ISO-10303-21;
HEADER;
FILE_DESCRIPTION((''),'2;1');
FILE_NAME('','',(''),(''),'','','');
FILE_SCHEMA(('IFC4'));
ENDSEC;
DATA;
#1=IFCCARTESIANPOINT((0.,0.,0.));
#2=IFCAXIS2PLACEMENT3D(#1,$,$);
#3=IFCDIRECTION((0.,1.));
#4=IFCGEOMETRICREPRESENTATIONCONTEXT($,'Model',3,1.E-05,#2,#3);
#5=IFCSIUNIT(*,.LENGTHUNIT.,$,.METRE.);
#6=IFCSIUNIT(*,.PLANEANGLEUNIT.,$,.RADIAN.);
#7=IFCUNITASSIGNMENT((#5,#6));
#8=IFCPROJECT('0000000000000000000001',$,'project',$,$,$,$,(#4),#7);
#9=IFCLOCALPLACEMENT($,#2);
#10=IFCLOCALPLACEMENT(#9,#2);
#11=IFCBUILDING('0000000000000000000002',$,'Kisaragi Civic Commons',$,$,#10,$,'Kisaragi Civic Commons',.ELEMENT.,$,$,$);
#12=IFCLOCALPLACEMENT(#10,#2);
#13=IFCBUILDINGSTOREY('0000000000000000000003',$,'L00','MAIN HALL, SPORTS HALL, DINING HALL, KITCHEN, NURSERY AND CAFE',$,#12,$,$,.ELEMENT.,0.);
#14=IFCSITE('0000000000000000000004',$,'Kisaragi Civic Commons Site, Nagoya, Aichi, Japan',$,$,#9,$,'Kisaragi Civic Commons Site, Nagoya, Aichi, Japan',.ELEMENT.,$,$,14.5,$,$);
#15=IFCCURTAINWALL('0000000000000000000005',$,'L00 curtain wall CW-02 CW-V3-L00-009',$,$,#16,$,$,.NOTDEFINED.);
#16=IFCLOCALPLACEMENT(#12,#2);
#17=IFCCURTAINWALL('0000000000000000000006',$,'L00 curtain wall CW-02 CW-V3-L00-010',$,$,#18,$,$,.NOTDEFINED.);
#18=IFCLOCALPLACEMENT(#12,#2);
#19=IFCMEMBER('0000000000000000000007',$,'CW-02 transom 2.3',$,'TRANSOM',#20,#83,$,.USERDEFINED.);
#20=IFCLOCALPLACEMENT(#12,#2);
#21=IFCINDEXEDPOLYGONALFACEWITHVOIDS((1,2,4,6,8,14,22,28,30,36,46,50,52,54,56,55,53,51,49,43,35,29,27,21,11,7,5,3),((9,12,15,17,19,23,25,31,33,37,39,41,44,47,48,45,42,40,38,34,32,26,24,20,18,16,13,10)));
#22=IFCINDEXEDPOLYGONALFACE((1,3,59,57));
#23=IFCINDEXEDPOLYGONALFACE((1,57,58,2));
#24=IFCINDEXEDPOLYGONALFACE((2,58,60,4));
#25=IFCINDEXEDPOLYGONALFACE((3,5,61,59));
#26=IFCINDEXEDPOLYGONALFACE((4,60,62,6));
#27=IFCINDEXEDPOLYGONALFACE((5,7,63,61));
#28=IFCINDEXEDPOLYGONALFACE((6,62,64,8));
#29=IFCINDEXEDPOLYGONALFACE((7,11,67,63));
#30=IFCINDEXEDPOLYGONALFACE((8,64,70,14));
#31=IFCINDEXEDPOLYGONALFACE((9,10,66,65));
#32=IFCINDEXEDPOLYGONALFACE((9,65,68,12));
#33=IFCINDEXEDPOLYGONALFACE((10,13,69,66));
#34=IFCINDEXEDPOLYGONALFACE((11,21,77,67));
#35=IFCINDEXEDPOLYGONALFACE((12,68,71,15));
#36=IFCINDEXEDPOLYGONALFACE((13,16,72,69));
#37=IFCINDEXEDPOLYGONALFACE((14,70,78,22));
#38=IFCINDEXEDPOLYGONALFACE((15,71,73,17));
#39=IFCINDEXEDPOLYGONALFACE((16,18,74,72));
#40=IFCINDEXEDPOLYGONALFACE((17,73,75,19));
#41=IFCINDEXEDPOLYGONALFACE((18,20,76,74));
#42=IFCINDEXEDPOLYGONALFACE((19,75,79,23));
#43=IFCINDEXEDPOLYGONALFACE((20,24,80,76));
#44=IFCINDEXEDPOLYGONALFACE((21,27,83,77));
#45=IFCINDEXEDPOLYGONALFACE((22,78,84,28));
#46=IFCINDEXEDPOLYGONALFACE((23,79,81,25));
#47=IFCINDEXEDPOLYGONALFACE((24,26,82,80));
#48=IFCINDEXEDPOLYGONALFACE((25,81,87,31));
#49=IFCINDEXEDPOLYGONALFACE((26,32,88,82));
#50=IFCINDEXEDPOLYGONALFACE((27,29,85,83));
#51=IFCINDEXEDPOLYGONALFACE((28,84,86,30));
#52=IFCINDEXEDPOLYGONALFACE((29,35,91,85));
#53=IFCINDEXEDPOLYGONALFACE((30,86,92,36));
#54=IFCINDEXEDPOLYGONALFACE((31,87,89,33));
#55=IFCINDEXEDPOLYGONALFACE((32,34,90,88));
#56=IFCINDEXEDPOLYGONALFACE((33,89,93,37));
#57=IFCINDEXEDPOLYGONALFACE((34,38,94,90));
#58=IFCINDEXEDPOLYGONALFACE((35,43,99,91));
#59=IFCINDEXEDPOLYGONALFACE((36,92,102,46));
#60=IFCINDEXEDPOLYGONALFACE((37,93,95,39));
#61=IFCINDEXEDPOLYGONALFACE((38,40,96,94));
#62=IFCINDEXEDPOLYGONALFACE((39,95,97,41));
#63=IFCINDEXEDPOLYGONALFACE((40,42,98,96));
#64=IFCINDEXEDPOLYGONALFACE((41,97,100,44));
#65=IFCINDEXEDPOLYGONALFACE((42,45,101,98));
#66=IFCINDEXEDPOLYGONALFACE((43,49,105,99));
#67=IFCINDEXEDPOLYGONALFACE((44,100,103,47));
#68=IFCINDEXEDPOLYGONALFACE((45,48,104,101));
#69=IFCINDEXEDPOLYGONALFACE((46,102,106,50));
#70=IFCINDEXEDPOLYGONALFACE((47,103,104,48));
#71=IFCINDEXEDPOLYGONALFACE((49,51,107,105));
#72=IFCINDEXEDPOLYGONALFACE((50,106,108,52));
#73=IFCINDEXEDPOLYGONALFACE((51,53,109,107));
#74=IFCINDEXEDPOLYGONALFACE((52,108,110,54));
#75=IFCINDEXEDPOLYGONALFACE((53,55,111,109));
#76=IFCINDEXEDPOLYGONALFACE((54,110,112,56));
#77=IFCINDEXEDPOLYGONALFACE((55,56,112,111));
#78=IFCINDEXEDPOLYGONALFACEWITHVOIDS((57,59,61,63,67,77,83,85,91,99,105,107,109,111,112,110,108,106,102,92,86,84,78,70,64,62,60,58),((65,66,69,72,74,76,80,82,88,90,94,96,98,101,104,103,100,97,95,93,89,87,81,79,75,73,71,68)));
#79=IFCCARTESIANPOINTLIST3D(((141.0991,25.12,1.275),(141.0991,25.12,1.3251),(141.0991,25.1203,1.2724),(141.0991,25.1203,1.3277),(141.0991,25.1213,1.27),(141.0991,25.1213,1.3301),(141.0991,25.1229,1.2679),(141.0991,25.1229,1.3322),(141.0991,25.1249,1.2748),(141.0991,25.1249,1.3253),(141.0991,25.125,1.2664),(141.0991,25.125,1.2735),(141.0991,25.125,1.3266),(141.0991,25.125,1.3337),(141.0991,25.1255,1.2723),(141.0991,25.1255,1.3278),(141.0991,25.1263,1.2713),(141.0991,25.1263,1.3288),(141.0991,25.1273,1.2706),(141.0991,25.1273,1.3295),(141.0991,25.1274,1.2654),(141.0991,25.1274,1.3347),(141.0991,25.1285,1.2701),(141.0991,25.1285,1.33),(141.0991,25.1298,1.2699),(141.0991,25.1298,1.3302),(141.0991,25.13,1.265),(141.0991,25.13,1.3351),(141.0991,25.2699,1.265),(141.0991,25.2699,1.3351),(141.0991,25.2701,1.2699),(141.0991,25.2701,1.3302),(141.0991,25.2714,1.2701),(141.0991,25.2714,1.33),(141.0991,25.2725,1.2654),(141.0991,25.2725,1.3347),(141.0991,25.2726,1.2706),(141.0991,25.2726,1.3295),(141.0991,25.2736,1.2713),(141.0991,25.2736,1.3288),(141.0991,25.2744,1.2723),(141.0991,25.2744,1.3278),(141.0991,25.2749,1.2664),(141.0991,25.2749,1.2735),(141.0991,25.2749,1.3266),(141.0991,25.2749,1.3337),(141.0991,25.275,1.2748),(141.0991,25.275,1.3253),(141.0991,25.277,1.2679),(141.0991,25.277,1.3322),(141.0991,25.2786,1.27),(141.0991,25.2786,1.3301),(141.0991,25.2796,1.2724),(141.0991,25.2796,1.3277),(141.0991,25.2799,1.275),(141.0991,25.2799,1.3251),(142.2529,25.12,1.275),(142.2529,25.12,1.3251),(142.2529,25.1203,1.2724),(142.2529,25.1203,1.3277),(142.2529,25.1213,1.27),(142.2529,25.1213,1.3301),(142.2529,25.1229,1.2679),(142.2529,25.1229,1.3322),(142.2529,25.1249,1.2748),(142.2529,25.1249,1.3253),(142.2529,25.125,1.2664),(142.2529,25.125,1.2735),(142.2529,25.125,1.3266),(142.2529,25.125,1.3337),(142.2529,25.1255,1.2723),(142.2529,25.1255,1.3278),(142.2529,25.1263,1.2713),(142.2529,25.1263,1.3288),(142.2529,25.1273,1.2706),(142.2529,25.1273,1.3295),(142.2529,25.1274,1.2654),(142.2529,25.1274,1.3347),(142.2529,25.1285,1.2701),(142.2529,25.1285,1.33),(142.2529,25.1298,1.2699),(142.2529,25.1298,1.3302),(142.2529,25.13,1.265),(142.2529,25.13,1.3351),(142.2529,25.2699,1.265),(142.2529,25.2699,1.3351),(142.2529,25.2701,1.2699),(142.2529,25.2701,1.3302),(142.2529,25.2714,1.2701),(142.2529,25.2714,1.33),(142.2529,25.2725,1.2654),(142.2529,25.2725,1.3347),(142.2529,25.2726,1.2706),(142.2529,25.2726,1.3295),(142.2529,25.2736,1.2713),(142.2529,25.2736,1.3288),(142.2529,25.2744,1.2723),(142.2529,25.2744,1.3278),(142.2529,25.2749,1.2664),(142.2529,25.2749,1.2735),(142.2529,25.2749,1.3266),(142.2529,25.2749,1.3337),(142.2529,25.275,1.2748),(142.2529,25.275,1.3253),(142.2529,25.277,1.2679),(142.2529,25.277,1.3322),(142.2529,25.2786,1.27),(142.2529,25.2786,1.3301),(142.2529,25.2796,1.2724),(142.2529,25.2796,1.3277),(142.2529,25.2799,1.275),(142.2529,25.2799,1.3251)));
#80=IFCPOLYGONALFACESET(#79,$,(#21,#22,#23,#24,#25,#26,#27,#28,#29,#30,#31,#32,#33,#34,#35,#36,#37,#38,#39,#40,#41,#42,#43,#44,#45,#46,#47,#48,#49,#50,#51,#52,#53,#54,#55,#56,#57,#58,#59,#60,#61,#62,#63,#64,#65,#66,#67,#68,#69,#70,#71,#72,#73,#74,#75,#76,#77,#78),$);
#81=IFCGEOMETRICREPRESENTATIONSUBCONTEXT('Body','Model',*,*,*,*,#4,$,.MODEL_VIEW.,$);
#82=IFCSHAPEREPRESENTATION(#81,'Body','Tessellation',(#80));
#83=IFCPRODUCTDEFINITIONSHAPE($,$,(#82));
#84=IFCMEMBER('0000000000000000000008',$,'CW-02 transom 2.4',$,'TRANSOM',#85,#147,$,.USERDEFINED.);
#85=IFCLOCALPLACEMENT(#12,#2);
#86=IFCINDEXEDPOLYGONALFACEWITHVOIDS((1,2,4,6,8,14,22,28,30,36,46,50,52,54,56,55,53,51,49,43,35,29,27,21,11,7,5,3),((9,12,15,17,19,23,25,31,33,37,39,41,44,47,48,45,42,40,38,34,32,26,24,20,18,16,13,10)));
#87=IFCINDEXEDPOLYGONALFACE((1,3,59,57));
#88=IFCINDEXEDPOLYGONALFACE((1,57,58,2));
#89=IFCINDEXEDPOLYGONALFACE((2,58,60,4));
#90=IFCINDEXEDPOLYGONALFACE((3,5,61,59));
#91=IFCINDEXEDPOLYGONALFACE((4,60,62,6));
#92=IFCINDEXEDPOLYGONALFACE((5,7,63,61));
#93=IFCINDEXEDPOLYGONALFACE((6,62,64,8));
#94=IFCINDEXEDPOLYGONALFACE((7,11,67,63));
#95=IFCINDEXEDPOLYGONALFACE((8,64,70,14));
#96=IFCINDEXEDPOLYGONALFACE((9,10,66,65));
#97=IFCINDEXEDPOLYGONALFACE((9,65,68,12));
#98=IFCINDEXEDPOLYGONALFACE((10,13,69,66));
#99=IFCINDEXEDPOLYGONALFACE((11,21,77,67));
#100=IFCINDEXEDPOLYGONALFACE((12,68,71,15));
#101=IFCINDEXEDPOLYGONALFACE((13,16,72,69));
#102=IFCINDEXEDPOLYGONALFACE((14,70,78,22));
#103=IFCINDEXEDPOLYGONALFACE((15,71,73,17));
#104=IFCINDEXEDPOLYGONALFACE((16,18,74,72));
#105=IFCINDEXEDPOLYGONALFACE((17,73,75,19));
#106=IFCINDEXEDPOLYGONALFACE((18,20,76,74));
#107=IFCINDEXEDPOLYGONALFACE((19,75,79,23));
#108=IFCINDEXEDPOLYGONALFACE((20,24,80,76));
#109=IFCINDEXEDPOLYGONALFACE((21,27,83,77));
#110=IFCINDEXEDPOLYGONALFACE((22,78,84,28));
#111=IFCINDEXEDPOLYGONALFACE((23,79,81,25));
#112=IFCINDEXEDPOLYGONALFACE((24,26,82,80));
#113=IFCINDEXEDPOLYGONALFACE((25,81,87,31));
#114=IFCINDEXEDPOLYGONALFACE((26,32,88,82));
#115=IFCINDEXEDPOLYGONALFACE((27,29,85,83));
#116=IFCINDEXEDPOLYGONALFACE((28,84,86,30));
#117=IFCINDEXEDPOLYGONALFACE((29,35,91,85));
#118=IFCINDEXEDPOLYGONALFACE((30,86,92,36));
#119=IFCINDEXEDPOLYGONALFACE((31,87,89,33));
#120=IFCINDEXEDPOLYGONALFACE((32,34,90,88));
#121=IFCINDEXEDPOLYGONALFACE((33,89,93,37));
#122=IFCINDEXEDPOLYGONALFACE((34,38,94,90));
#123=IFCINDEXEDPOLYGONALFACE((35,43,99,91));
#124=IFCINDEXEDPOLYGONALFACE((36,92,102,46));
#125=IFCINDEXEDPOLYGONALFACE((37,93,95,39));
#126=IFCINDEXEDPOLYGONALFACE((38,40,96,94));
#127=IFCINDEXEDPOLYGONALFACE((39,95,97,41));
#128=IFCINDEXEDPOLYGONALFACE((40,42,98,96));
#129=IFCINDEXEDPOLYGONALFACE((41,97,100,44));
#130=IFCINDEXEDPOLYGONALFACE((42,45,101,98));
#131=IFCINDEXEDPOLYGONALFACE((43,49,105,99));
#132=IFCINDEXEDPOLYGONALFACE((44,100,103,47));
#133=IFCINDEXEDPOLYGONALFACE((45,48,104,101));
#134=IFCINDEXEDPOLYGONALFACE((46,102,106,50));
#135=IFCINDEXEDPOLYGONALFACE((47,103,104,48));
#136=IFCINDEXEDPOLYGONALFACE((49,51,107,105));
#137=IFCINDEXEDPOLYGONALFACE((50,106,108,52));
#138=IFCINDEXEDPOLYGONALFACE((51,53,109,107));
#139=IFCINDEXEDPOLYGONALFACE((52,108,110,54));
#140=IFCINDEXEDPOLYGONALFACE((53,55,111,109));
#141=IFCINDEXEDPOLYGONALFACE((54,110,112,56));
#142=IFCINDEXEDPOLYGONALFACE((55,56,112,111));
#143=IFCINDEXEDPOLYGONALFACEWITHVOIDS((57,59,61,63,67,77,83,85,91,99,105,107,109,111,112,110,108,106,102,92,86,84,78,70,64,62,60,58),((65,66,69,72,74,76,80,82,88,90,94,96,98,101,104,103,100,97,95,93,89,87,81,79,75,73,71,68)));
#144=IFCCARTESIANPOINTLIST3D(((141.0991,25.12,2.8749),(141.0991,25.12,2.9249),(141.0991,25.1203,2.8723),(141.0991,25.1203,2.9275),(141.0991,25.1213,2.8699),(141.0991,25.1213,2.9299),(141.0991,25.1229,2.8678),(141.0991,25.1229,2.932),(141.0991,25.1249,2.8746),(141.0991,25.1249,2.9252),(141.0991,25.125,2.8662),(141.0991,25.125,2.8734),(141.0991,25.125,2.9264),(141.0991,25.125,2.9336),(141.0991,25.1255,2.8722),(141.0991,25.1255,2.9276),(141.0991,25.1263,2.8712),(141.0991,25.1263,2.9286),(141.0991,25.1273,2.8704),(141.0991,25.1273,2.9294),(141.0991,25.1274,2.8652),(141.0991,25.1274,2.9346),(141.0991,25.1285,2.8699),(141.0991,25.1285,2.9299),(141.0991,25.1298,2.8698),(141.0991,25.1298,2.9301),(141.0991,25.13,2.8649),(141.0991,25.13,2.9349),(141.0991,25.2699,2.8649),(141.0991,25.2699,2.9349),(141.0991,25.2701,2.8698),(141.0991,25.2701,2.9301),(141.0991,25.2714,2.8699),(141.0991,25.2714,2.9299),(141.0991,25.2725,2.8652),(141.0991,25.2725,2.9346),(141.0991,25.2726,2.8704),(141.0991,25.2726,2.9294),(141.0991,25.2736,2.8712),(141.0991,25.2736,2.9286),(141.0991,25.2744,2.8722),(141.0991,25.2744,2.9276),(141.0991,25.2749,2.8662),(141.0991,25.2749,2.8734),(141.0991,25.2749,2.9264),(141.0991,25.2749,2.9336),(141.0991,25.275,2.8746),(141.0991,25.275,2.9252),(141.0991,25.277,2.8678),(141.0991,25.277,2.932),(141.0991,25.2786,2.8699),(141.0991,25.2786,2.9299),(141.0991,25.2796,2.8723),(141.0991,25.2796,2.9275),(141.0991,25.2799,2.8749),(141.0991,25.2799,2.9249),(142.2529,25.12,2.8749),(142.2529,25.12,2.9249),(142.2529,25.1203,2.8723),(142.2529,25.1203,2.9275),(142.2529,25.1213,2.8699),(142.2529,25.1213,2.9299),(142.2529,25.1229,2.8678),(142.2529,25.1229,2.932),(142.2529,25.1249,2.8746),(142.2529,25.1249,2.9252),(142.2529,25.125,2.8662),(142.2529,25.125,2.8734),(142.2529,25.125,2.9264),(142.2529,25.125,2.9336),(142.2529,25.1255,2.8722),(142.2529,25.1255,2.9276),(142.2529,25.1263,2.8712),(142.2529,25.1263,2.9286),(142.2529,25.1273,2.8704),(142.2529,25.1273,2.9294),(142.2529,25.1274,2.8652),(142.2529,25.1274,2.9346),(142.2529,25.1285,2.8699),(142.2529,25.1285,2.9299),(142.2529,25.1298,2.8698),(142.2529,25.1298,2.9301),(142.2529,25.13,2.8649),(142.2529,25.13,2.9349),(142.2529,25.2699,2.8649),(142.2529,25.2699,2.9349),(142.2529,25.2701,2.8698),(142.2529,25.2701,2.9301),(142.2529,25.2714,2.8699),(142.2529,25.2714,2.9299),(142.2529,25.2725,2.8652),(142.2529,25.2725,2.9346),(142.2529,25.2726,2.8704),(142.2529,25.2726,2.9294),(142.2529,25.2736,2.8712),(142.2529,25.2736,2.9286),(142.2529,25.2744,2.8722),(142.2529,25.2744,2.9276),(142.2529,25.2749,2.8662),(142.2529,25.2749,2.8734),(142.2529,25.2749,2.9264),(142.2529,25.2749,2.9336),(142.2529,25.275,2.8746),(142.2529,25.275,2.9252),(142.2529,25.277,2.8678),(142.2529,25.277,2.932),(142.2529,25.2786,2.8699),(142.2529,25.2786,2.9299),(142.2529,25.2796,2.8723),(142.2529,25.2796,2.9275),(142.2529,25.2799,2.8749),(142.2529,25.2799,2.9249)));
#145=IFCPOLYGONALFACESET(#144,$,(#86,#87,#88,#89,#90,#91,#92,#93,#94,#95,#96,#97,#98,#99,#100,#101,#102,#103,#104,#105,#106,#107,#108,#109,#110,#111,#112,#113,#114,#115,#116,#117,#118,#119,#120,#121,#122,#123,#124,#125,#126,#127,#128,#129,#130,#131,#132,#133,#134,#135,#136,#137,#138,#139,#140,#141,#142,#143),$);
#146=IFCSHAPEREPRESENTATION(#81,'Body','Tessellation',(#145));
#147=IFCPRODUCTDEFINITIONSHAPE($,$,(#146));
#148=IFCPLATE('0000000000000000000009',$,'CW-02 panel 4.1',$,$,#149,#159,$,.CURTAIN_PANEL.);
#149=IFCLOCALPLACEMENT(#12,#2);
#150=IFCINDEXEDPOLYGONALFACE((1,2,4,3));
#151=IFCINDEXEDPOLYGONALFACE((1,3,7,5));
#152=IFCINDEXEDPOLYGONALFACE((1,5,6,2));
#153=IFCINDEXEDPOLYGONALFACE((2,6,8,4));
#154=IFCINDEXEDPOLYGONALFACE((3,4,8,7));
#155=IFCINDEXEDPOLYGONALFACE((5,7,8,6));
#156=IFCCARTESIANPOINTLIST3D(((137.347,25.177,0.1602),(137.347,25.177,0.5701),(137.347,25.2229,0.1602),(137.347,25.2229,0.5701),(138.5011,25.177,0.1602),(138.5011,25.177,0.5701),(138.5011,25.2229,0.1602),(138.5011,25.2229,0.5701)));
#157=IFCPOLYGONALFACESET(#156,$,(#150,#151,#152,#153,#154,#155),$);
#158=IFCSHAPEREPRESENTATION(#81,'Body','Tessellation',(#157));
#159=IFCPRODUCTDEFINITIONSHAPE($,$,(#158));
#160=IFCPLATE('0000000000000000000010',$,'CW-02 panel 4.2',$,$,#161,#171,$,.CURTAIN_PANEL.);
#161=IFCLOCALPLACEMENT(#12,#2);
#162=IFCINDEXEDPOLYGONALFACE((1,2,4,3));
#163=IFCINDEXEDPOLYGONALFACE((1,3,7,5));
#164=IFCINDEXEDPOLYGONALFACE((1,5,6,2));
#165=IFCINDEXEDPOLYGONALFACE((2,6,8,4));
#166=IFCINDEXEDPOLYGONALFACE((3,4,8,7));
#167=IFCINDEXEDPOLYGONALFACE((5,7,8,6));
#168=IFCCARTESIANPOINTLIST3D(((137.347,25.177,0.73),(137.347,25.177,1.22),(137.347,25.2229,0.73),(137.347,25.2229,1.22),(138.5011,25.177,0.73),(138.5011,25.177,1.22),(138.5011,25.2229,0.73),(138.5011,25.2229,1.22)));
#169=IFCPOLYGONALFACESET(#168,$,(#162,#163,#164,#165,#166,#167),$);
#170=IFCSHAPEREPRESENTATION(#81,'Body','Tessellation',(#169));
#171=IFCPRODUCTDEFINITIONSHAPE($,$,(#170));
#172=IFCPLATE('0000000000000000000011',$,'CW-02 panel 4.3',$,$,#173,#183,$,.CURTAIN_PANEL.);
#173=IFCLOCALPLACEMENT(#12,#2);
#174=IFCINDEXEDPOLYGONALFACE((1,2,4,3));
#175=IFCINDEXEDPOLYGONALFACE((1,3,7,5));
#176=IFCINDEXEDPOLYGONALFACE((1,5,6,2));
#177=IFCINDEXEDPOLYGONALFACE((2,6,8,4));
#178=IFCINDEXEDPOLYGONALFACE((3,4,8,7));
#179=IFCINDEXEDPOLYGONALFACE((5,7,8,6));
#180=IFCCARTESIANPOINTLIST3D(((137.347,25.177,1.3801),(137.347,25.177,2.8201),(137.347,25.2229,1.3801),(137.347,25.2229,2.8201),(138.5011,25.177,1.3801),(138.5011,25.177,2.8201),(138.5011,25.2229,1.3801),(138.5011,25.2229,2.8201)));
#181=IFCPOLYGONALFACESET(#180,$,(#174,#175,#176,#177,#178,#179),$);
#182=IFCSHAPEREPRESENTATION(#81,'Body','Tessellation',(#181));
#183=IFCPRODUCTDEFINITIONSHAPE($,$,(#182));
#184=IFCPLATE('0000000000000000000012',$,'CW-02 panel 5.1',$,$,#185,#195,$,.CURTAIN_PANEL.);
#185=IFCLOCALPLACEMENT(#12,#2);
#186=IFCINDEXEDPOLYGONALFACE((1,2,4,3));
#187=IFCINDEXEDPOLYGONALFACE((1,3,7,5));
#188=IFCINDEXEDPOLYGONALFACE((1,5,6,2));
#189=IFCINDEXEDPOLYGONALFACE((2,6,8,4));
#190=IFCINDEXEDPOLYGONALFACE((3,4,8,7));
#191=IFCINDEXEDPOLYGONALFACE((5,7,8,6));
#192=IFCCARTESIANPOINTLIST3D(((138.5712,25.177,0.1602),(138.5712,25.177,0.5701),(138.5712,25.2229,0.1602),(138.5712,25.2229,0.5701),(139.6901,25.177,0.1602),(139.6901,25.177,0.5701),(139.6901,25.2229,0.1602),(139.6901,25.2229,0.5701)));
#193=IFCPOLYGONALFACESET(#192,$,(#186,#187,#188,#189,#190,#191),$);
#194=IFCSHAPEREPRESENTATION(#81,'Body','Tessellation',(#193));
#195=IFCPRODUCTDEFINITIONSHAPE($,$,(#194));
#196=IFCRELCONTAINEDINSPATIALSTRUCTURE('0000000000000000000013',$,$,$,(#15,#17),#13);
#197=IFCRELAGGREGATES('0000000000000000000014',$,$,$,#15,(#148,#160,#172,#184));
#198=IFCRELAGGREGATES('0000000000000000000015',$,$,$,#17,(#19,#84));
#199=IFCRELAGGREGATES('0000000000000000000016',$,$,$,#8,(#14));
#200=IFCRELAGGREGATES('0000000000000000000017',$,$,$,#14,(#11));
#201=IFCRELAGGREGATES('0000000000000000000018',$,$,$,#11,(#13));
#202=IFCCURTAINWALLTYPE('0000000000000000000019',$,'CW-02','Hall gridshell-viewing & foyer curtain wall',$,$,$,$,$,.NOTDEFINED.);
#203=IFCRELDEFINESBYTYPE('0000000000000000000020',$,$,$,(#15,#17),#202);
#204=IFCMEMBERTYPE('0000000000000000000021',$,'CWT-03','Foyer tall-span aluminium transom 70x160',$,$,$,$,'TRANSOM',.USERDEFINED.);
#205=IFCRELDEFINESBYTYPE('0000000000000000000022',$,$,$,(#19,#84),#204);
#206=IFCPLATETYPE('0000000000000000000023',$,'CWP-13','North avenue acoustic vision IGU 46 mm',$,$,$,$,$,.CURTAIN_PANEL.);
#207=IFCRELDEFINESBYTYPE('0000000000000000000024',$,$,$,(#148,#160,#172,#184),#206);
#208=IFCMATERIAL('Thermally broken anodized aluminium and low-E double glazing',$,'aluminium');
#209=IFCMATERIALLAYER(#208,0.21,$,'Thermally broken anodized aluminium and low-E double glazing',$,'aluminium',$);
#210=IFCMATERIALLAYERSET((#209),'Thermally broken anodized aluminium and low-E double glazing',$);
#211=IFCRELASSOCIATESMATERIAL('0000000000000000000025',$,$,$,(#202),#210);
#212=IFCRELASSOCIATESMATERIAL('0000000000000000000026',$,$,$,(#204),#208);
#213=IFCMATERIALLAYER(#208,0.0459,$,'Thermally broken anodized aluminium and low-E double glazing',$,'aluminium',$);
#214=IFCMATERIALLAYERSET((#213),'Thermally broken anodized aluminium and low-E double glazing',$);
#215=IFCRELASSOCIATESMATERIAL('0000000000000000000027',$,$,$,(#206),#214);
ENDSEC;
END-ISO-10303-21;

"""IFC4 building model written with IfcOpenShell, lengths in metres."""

from ifc_helpers import new_model, si_unit, direction, frame, origin, origin_2d, place, context, subcontext, project, spatial, rectangle, hollow_rectangle, extrude, material, layer, layer_set, material_profile, profile_set, type_object, element, aggregate, save


model = new_model("IFC4")

# Units and contexts
model_context = context("Model", 3, precision=1e-05, world=origin(), true_north=direction((0.0, 1.0)))
body_context = subcontext(model_context, "Body", "Model", "MODEL_VIEW")
ifc_project = project(units=[si_unit("LENGTHUNIT", "METRE"), si_unit("PLANEANGLEUNIT", "RADIAN")], contexts=[model_context])

# Site, building, storey
site_placement = place(None, origin())
site = spatial("IfcSite", under=ifc_project, at=site_placement, Name="Kisaragi Civic Commons Site, Nagoya, Aichi, Japan", LongName="Kisaragi Civic Commons Site, Nagoya, Aichi, Japan", CompositionType="ELEMENT", RefElevation=14.5)
building_placement = place(site_placement, origin())
building = spatial("IfcBuilding", under=site, at=building_placement, Name="Kisaragi Civic Commons", LongName="Kisaragi Civic Commons", CompositionType="ELEMENT")
storey_placement = place(building_placement, origin())
storey = spatial("IfcBuildingStorey", under=building, at=storey_placement, Name="L00", Description="MAIN HALL, SPORTS HALL, DINING HALL, KITCHEN, NURSERY AND CAFE", CompositionType="ELEMENT", Elevation=0.0)

# Curtain walls
ifc_material = material(Name="Thermally broken anodized aluminium and low-E double glazing", Category="aluminium")
ifc_layer_1 = layer(ifc_material, 0.21, Name="Thermally broken anodized aluminium and low-E double glazing", Category="aluminium")
ifc_layer_set_1 = layer_set([ifc_layer_1], Name="Thermally broken anodized aluminium and low-E double glazing")
curtain_wall_type = type_object("IfcCurtainWallType", Name="CW-02", Description="Hall gridshell-viewing & foyer curtain wall", PredefinedType="NOTDEFINED", material=ifc_layer_set_1)
curtain_wall_1_placement = place(storey_placement, origin())
curtain_wall_1 = element("IfcCurtainWall", 1, at=curtain_wall_1_placement, inside=storey, type_object=curtain_wall_type, Name="L00 curtain wall CW-02 CW-V3-L00-009", PredefinedType="NOTDEFINED")
curtain_wall_2_placement = place(storey_placement, origin())
curtain_wall_2 = element("IfcCurtainWall", 2, at=curtain_wall_2_placement, inside=storey, type_object=curtain_wall_type, Name="L00 curtain wall CW-02 CW-V3-L00-010", PredefinedType="NOTDEFINED")

# Members
ifc_material_profile_1 = material_profile(ifc_material, hollow_rectangle(XDim=0.1599, YDim=0.0701, WallThickness=0.0049, InnerFilletRadius=0.0049, OuterFilletRadius=0.01, at=origin_2d()), Name="CWT-70x160x5", Category="aluminium")
ifc_profile_set_1 = profile_set([ifc_material_profile_1], Name="Thermally broken anodized aluminium and low-E double glazing")
member_type_1 = type_object("IfcMemberType", Name="CWT-03", Description="Foyer tall-span aluminium transom 70x160", ElementType="TRANSOM", PredefinedType="USERDEFINED", material=ifc_profile_set_1)
member_1_placement = place(storey_placement, frame((141.0991, 25.2, 1.3), z_axis=(1.0, 0.0, 0.0), x_axis=(0.0, 1.0, 0.0)))
member_1 = element("IfcMember", 3, at=member_1_placement, type_object=member_type_1, Name="CW-02 transom 2.3", ObjectType="TRANSOM", PredefinedType="USERDEFINED", context=body_context, shape_type="SweptSolid", body=[
    extrude(hollow_rectangle(XDim=0.1599, YDim=0.0701, WallThickness=0.0049, InnerFilletRadius=0.0049, OuterFilletRadius=0.01, at=origin_2d()), origin(), (0.0, 0.0, 1.0), 1.1538),
])
member_2_placement = place(storey_placement, frame((141.0991, 25.2, 2.8999), z_axis=(1.0, 0.0, 0.0), x_axis=(0.0, 1.0, 0.0)))
member_2 = element("IfcMember", 4, at=member_2_placement, type_object=member_type_1, Name="CW-02 transom 2.4", ObjectType="TRANSOM", PredefinedType="USERDEFINED", context=body_context, shape_type="SweptSolid", body=[
    extrude(hollow_rectangle(XDim=0.1599, YDim=0.0701, WallThickness=0.0049, InnerFilletRadius=0.0049, OuterFilletRadius=0.01, at=origin_2d()), origin(), (0.0, 0.0, 1.0), 1.1538),
])

# Plates
ifc_layer_2 = layer(ifc_material, 0.0459, Name="Thermally broken anodized aluminium and low-E double glazing", Category="aluminium")
ifc_layer_set_2 = layer_set([ifc_layer_2], Name="Thermally broken anodized aluminium and low-E double glazing")
plate_type_1 = type_object("IfcPlateType", Name="CWP-13", Description="North avenue acoustic vision IGU 46 mm", PredefinedType="CURTAIN_PANEL", material=ifc_layer_set_2)
plate_1_placement = place(storey_placement, frame((137.9241, 25.2, 0.1602), z_axis=(0.0, 0.0, 1.0), x_axis=(1.0, 0.0, 0.0)))
plate_1 = element("IfcPlate", 5, at=plate_1_placement, type_object=plate_type_1, Name="CW-02 panel 4.1", PredefinedType="CURTAIN_PANEL", context=body_context, shape_type="SweptSolid", body=[
    extrude(rectangle(XDim=1.1541, YDim=0.0459, at=origin_2d()), origin(), (0.0, 0.0, 1.0), 0.4099),
])
plate_2_placement = place(storey_placement, frame((137.9241, 25.2, 0.73), z_axis=(0.0, 0.0, 1.0), x_axis=(1.0, 0.0, 0.0)))
plate_2 = element("IfcPlate", 6, at=plate_2_placement, type_object=plate_type_1, Name="CW-02 panel 4.2", PredefinedType="CURTAIN_PANEL", context=body_context, shape_type="SweptSolid", body=[
    extrude(rectangle(XDim=1.1541, YDim=0.0459, at=origin_2d()), origin(), (0.0, 0.0, 1.0), 0.49),
])
plate_3_placement = place(storey_placement, frame((137.9241, 25.2, 1.3801), z_axis=(0.0, 0.0, 1.0), x_axis=(1.0, 0.0, 0.0)))
plate_3 = element("IfcPlate", 7, at=plate_3_placement, type_object=plate_type_1, Name="CW-02 panel 4.3", PredefinedType="CURTAIN_PANEL", context=body_context, shape_type="SweptSolid", body=[
    extrude(rectangle(XDim=1.1541, YDim=0.0459, at=origin_2d()), origin(), (0.0, 0.0, 1.0), 1.4399),
])
plate_4_placement = place(storey_placement, frame((139.1306, 25.2, 0.1602), z_axis=(0.0, 0.0, 1.0), x_axis=(1.0, 0.0, 0.0)))
plate_4 = element("IfcPlate", 8, at=plate_4_placement, type_object=plate_type_1, Name="CW-02 panel 5.1", PredefinedType="CURTAIN_PANEL", context=body_context, shape_type="SweptSolid", body=[
    extrude(rectangle(XDim=1.1189, YDim=0.0459, at=origin_2d()), origin(), (0.0, 0.0, 1.0), 0.4099),
])
aggregate(curtain_wall_1, [plate_1, plate_2, plate_3, plate_4])
aggregate(curtain_wall_2, [member_1, member_2])

save(model, "model.ifc")
